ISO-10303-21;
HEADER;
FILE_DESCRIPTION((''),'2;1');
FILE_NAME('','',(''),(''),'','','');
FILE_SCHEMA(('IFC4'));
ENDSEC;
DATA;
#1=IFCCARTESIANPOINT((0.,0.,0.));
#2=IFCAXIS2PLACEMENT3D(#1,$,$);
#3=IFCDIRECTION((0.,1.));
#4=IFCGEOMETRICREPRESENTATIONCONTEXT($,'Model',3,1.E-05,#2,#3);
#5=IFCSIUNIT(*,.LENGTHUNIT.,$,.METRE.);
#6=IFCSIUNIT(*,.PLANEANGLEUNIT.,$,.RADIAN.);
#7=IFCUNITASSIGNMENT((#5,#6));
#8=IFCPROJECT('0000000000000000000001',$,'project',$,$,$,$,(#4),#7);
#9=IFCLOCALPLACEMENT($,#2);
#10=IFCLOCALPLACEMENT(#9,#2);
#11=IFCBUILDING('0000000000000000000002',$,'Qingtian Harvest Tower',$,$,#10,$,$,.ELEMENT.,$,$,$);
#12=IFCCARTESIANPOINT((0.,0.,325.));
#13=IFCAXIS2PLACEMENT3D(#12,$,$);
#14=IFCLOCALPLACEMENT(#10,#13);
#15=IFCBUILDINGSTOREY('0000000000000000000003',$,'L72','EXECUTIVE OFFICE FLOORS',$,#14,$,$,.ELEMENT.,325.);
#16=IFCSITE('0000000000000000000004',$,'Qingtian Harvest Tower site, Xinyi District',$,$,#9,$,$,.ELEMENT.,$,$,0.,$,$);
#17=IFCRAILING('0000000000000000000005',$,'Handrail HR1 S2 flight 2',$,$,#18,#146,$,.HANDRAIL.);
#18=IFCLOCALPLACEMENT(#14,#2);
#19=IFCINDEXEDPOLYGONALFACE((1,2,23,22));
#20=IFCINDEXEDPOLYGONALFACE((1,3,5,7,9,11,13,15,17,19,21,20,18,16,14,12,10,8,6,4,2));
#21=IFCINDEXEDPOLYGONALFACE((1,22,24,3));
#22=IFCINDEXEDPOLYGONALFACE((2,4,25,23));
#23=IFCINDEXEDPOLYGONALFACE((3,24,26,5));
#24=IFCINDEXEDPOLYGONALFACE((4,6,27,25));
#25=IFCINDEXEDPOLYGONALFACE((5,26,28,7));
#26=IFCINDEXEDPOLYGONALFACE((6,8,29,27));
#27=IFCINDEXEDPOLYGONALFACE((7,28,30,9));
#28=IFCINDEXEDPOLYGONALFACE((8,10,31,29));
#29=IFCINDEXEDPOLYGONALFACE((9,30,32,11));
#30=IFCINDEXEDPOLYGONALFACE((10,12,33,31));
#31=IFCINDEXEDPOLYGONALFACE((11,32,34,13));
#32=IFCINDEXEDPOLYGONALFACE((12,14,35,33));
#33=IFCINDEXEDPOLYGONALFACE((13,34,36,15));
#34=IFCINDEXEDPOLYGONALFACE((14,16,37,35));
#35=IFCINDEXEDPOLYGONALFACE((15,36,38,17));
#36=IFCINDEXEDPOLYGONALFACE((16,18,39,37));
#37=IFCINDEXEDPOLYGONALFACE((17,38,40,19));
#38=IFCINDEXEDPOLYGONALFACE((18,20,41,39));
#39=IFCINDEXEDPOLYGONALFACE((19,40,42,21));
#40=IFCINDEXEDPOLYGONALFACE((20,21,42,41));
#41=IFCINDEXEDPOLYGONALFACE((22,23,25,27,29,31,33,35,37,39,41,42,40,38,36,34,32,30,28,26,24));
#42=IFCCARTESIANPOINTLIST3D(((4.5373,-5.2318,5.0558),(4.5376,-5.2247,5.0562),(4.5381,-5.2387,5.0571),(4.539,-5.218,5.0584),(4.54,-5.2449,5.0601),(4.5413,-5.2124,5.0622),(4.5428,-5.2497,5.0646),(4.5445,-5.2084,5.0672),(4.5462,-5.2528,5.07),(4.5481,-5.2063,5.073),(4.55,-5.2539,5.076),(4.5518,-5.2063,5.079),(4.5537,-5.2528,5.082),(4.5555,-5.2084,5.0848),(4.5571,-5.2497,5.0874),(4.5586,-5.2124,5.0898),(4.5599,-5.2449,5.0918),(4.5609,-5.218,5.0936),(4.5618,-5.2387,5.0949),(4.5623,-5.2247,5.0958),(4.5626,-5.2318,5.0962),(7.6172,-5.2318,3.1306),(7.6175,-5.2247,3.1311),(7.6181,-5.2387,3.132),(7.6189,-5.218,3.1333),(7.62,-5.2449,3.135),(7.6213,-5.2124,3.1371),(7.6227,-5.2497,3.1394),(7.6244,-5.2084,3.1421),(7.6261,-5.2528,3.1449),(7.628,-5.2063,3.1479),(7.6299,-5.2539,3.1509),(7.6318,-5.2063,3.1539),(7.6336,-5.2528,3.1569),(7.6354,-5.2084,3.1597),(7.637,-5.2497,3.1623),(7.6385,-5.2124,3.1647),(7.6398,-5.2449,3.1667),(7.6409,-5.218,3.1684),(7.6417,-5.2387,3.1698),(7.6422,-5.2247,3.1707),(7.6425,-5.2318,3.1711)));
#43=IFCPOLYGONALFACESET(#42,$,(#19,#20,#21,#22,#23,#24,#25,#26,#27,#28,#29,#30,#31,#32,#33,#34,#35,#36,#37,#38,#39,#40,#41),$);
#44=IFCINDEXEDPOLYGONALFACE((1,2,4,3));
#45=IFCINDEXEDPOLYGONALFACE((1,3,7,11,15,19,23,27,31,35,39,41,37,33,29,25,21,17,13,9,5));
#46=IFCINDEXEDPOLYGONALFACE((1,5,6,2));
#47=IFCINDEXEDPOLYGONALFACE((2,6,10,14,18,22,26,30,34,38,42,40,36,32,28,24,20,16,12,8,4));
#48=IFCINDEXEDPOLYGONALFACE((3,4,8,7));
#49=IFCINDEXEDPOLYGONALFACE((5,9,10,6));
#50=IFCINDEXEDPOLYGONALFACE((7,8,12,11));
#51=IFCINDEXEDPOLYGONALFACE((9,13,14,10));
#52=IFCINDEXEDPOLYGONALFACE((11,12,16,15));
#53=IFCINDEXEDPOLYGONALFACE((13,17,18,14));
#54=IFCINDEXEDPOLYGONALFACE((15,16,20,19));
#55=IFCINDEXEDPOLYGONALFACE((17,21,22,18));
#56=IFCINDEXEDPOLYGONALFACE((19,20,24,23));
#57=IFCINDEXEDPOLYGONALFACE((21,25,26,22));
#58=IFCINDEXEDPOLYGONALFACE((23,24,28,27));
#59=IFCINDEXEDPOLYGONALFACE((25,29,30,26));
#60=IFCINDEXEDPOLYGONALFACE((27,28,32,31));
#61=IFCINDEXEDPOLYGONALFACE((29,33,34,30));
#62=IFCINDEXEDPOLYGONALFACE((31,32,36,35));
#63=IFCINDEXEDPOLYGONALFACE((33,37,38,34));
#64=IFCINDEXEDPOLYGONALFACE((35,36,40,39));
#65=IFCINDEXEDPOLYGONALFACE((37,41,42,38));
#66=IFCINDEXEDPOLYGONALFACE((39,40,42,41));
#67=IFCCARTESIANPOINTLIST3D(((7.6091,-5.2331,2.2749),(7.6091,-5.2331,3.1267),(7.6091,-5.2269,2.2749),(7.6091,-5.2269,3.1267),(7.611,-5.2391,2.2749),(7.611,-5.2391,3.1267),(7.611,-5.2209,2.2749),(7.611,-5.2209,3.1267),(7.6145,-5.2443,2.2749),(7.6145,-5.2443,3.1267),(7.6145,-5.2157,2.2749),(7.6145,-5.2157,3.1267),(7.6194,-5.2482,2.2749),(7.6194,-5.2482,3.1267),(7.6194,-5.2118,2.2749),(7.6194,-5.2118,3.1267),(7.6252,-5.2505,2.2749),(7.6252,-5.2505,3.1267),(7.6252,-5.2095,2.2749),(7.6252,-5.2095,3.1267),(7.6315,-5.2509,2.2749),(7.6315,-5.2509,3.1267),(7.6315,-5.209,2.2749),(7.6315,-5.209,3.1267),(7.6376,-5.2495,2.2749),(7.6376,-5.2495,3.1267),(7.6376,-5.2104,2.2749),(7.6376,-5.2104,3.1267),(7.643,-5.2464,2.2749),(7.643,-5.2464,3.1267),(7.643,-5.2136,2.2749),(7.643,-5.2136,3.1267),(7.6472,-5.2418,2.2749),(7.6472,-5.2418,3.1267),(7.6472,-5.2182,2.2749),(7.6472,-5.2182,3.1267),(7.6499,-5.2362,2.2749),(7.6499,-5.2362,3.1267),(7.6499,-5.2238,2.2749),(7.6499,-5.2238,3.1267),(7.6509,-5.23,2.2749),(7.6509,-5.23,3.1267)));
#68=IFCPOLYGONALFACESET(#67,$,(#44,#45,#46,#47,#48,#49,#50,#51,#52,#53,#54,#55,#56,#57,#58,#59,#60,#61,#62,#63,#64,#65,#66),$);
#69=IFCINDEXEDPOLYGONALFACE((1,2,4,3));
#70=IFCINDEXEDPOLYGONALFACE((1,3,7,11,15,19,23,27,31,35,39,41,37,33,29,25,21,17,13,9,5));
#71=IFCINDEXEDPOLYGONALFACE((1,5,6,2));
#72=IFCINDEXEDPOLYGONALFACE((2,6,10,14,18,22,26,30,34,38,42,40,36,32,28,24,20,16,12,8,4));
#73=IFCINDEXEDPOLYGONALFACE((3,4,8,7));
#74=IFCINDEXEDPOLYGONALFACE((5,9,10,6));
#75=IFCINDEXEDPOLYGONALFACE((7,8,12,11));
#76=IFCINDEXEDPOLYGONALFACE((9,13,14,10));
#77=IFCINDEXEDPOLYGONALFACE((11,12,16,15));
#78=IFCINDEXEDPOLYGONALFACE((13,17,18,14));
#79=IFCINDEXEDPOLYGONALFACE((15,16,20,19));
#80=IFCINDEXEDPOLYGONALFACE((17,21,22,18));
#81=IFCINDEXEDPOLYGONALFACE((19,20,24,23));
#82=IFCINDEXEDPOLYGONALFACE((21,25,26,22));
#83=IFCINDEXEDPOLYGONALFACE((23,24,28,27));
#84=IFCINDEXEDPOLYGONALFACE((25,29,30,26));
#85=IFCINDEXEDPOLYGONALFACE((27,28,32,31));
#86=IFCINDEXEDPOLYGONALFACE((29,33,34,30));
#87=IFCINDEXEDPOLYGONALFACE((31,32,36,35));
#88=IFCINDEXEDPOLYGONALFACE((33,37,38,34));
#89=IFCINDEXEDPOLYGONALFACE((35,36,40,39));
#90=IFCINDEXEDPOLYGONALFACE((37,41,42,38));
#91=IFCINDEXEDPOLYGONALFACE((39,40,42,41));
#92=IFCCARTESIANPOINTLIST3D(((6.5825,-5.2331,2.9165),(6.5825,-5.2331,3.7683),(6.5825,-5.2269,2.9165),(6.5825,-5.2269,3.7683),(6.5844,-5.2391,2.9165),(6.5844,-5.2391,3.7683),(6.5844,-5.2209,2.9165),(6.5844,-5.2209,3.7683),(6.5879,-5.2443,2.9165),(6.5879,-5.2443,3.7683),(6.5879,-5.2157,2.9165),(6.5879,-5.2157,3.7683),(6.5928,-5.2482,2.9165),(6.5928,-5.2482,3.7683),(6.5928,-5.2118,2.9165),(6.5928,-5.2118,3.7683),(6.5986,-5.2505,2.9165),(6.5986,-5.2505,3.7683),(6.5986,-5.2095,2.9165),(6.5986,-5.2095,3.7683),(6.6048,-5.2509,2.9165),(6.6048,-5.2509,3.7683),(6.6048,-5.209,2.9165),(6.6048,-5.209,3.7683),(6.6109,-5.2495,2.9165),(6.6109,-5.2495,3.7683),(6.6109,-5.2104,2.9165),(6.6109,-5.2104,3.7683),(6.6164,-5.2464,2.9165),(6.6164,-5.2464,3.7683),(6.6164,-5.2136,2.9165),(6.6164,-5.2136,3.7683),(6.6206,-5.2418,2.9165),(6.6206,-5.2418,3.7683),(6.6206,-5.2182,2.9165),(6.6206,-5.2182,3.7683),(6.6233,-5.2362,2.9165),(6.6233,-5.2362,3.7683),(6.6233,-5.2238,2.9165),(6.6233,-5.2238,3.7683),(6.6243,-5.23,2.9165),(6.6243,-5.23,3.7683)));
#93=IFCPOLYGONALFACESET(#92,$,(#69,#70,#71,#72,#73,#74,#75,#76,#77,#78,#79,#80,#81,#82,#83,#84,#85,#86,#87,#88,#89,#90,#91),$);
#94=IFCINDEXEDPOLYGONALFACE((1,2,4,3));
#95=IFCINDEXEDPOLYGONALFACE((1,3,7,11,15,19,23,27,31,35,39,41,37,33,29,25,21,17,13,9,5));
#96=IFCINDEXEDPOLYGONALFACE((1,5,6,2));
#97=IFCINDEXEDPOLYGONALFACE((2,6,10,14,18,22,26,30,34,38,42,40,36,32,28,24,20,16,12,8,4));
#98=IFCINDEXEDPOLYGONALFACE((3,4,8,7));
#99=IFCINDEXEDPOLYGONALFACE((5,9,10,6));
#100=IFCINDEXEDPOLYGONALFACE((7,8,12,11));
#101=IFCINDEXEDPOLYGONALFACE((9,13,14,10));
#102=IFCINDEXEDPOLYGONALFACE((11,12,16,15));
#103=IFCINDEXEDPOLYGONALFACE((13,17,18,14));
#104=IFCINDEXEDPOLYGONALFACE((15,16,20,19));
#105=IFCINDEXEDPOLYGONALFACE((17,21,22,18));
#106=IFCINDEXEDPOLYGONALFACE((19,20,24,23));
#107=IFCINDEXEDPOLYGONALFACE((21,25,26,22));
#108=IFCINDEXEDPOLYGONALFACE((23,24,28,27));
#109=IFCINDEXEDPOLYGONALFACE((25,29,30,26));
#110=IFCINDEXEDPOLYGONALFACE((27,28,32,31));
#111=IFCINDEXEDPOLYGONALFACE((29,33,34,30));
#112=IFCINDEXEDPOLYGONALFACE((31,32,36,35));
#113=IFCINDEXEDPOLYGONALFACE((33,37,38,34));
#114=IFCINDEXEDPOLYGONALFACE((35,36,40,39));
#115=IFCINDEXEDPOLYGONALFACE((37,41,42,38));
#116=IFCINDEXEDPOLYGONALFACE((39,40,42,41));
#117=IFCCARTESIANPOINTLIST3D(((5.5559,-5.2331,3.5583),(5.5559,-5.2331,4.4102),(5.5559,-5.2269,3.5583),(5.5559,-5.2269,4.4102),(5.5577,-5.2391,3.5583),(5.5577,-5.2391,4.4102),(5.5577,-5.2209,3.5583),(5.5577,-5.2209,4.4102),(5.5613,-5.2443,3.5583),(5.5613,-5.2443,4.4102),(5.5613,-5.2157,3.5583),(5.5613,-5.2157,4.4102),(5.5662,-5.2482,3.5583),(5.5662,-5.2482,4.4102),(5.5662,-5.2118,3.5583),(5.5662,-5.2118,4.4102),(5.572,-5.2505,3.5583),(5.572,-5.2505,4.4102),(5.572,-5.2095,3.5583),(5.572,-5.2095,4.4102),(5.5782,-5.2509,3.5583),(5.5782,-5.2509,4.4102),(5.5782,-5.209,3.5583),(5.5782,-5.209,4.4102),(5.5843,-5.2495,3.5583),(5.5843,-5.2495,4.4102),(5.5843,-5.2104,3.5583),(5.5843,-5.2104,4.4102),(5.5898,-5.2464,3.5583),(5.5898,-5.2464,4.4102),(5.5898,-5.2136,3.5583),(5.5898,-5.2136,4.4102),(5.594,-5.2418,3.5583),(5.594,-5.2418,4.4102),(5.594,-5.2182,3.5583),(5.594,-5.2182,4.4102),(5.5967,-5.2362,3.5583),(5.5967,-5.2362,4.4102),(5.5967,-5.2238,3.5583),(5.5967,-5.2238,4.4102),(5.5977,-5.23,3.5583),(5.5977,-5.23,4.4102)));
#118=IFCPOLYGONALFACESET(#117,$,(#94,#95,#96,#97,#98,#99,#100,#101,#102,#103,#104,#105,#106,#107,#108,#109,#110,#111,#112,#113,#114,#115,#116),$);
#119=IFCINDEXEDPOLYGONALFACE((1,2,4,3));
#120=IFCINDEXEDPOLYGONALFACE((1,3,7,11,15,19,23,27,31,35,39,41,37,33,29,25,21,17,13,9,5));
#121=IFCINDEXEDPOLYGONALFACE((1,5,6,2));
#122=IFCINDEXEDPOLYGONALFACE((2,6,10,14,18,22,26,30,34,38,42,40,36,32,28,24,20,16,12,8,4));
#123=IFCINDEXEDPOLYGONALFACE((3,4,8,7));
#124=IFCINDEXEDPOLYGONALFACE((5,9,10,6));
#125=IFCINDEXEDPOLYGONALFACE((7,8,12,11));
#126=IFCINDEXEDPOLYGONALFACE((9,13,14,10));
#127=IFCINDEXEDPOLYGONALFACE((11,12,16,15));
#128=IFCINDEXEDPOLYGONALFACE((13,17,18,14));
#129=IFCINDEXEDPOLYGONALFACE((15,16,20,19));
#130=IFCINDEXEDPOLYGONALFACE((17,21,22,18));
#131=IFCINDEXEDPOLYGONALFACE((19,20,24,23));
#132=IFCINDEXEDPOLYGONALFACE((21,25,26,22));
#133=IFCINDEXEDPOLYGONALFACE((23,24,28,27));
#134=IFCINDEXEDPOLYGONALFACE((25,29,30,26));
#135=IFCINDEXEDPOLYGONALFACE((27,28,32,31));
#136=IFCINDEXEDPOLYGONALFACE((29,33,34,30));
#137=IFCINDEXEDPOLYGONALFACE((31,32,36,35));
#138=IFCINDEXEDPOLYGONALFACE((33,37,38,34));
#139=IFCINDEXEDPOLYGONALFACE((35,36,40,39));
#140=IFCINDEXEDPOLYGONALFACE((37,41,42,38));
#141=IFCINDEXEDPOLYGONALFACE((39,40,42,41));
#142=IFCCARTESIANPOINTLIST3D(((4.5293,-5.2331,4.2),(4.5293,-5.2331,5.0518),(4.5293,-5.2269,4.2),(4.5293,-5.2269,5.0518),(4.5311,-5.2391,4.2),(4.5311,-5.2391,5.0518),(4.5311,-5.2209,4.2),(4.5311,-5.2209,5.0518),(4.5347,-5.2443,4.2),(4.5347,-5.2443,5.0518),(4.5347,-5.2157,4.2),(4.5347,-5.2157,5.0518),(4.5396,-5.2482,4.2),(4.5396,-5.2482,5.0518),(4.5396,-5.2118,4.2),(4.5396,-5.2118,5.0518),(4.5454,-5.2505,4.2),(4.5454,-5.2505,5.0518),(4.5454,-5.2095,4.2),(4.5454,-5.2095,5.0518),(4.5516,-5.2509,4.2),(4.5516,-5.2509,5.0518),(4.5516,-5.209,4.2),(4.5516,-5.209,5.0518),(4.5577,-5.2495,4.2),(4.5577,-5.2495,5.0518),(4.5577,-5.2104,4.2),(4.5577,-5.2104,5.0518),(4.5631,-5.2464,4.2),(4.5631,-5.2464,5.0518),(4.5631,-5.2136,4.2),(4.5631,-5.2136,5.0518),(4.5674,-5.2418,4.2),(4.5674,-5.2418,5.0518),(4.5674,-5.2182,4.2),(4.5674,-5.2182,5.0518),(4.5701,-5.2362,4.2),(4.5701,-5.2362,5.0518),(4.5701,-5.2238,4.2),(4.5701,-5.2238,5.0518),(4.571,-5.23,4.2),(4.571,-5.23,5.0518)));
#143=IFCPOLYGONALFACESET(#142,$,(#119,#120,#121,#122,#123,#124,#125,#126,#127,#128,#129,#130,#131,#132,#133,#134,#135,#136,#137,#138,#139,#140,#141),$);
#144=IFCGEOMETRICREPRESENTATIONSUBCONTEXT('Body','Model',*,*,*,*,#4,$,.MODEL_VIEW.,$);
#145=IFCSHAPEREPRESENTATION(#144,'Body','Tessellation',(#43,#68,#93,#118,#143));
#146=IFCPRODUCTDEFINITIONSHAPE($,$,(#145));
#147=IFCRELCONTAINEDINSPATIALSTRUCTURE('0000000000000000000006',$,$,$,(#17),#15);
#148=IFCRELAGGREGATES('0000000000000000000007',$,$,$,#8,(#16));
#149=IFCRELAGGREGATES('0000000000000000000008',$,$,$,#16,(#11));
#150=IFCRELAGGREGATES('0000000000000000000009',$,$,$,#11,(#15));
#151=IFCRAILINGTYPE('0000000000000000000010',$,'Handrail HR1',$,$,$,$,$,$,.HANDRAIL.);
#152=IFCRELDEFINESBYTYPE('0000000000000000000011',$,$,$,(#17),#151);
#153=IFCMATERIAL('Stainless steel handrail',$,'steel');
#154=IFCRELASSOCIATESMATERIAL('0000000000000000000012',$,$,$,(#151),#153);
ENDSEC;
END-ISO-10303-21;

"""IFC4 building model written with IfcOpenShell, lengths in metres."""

from ifc_helpers import new_model, si_unit, direction, frame, origin, origin_2d, place, context, subcontext, project, spatial, circle, extrude, material, type_object, element, save


model = new_model("IFC4")

# Units and contexts
model_context = context("Model", 3, precision=1e-05, world=origin(), true_north=direction((0.0, 1.0)))
body_context = subcontext(model_context, "Body", "Model", "MODEL_VIEW")
ifc_project = project(units=[si_unit("LENGTHUNIT", "METRE"), si_unit("PLANEANGLEUNIT", "RADIAN")], contexts=[model_context])

# Site, building, storey
site_placement = place(None, origin())
site = spatial("IfcSite", under=ifc_project, at=site_placement, Name="Qingtian Harvest Tower site, Xinyi District", CompositionType="ELEMENT", RefElevation=0.0)
building_placement = place(site_placement, origin())
building = spatial("IfcBuilding", under=site, at=building_placement, Name="Qingtian Harvest Tower", CompositionType="ELEMENT")
storey_placement = place(building_placement, frame((0.0, 0.0, 325.0)))
storey = spatial("IfcBuildingStorey", under=building, at=storey_placement, Name="L72", Description="EXECUTIVE OFFICE FLOORS", CompositionType="ELEMENT", Elevation=325.0)

# Railing
ifc_material_1 = material(Name="Stainless steel handrail", Category="steel")
railing_type = type_object("IfcRailingType", Name="Handrail HR1", PredefinedType="HANDRAIL", material=ifc_material_1)
railing_placement = place(storey_placement, frame((7.6299, -5.23, 2.2749)))
element("IfcRailing", 1, at=railing_placement, inside=storey, type_object=railing_type, Name="Handrail HR1 S2 flight 2", PredefinedType="HANDRAIL", context=body_context, shape_type="SweptSolid", body=[
    extrude(circle(Radius=0.0239, at=origin_2d()), frame((0.0, 0.0, 0.876), z_axis=(-0.847979, 0.0, 0.530029), x_axis=(0.0, -1.0, 0.0)), (0.0, 0.0, 1.0), 3.6321),
    extrude(circle(Radius=0.021, at=origin_2d()), origin(), (0.0, 0.0, 1.0), 0.8518),
    extrude(circle(Radius=0.021, at=origin_2d()), frame((-1.0266, 0.0, 0.6416)), (0.0, 0.0, 1.0), 0.8518),
    extrude(circle(Radius=0.021, at=origin_2d()), frame((-2.0532, 0.0, 1.2834)), (0.0, 0.0, 1.0), 0.8518),
    extrude(circle(Radius=0.021, at=origin_2d()), frame((-3.0798, 0.0, 1.925)), (0.0, 0.0, 1.0), 0.8518),
])

save(model, "model.ifc")
